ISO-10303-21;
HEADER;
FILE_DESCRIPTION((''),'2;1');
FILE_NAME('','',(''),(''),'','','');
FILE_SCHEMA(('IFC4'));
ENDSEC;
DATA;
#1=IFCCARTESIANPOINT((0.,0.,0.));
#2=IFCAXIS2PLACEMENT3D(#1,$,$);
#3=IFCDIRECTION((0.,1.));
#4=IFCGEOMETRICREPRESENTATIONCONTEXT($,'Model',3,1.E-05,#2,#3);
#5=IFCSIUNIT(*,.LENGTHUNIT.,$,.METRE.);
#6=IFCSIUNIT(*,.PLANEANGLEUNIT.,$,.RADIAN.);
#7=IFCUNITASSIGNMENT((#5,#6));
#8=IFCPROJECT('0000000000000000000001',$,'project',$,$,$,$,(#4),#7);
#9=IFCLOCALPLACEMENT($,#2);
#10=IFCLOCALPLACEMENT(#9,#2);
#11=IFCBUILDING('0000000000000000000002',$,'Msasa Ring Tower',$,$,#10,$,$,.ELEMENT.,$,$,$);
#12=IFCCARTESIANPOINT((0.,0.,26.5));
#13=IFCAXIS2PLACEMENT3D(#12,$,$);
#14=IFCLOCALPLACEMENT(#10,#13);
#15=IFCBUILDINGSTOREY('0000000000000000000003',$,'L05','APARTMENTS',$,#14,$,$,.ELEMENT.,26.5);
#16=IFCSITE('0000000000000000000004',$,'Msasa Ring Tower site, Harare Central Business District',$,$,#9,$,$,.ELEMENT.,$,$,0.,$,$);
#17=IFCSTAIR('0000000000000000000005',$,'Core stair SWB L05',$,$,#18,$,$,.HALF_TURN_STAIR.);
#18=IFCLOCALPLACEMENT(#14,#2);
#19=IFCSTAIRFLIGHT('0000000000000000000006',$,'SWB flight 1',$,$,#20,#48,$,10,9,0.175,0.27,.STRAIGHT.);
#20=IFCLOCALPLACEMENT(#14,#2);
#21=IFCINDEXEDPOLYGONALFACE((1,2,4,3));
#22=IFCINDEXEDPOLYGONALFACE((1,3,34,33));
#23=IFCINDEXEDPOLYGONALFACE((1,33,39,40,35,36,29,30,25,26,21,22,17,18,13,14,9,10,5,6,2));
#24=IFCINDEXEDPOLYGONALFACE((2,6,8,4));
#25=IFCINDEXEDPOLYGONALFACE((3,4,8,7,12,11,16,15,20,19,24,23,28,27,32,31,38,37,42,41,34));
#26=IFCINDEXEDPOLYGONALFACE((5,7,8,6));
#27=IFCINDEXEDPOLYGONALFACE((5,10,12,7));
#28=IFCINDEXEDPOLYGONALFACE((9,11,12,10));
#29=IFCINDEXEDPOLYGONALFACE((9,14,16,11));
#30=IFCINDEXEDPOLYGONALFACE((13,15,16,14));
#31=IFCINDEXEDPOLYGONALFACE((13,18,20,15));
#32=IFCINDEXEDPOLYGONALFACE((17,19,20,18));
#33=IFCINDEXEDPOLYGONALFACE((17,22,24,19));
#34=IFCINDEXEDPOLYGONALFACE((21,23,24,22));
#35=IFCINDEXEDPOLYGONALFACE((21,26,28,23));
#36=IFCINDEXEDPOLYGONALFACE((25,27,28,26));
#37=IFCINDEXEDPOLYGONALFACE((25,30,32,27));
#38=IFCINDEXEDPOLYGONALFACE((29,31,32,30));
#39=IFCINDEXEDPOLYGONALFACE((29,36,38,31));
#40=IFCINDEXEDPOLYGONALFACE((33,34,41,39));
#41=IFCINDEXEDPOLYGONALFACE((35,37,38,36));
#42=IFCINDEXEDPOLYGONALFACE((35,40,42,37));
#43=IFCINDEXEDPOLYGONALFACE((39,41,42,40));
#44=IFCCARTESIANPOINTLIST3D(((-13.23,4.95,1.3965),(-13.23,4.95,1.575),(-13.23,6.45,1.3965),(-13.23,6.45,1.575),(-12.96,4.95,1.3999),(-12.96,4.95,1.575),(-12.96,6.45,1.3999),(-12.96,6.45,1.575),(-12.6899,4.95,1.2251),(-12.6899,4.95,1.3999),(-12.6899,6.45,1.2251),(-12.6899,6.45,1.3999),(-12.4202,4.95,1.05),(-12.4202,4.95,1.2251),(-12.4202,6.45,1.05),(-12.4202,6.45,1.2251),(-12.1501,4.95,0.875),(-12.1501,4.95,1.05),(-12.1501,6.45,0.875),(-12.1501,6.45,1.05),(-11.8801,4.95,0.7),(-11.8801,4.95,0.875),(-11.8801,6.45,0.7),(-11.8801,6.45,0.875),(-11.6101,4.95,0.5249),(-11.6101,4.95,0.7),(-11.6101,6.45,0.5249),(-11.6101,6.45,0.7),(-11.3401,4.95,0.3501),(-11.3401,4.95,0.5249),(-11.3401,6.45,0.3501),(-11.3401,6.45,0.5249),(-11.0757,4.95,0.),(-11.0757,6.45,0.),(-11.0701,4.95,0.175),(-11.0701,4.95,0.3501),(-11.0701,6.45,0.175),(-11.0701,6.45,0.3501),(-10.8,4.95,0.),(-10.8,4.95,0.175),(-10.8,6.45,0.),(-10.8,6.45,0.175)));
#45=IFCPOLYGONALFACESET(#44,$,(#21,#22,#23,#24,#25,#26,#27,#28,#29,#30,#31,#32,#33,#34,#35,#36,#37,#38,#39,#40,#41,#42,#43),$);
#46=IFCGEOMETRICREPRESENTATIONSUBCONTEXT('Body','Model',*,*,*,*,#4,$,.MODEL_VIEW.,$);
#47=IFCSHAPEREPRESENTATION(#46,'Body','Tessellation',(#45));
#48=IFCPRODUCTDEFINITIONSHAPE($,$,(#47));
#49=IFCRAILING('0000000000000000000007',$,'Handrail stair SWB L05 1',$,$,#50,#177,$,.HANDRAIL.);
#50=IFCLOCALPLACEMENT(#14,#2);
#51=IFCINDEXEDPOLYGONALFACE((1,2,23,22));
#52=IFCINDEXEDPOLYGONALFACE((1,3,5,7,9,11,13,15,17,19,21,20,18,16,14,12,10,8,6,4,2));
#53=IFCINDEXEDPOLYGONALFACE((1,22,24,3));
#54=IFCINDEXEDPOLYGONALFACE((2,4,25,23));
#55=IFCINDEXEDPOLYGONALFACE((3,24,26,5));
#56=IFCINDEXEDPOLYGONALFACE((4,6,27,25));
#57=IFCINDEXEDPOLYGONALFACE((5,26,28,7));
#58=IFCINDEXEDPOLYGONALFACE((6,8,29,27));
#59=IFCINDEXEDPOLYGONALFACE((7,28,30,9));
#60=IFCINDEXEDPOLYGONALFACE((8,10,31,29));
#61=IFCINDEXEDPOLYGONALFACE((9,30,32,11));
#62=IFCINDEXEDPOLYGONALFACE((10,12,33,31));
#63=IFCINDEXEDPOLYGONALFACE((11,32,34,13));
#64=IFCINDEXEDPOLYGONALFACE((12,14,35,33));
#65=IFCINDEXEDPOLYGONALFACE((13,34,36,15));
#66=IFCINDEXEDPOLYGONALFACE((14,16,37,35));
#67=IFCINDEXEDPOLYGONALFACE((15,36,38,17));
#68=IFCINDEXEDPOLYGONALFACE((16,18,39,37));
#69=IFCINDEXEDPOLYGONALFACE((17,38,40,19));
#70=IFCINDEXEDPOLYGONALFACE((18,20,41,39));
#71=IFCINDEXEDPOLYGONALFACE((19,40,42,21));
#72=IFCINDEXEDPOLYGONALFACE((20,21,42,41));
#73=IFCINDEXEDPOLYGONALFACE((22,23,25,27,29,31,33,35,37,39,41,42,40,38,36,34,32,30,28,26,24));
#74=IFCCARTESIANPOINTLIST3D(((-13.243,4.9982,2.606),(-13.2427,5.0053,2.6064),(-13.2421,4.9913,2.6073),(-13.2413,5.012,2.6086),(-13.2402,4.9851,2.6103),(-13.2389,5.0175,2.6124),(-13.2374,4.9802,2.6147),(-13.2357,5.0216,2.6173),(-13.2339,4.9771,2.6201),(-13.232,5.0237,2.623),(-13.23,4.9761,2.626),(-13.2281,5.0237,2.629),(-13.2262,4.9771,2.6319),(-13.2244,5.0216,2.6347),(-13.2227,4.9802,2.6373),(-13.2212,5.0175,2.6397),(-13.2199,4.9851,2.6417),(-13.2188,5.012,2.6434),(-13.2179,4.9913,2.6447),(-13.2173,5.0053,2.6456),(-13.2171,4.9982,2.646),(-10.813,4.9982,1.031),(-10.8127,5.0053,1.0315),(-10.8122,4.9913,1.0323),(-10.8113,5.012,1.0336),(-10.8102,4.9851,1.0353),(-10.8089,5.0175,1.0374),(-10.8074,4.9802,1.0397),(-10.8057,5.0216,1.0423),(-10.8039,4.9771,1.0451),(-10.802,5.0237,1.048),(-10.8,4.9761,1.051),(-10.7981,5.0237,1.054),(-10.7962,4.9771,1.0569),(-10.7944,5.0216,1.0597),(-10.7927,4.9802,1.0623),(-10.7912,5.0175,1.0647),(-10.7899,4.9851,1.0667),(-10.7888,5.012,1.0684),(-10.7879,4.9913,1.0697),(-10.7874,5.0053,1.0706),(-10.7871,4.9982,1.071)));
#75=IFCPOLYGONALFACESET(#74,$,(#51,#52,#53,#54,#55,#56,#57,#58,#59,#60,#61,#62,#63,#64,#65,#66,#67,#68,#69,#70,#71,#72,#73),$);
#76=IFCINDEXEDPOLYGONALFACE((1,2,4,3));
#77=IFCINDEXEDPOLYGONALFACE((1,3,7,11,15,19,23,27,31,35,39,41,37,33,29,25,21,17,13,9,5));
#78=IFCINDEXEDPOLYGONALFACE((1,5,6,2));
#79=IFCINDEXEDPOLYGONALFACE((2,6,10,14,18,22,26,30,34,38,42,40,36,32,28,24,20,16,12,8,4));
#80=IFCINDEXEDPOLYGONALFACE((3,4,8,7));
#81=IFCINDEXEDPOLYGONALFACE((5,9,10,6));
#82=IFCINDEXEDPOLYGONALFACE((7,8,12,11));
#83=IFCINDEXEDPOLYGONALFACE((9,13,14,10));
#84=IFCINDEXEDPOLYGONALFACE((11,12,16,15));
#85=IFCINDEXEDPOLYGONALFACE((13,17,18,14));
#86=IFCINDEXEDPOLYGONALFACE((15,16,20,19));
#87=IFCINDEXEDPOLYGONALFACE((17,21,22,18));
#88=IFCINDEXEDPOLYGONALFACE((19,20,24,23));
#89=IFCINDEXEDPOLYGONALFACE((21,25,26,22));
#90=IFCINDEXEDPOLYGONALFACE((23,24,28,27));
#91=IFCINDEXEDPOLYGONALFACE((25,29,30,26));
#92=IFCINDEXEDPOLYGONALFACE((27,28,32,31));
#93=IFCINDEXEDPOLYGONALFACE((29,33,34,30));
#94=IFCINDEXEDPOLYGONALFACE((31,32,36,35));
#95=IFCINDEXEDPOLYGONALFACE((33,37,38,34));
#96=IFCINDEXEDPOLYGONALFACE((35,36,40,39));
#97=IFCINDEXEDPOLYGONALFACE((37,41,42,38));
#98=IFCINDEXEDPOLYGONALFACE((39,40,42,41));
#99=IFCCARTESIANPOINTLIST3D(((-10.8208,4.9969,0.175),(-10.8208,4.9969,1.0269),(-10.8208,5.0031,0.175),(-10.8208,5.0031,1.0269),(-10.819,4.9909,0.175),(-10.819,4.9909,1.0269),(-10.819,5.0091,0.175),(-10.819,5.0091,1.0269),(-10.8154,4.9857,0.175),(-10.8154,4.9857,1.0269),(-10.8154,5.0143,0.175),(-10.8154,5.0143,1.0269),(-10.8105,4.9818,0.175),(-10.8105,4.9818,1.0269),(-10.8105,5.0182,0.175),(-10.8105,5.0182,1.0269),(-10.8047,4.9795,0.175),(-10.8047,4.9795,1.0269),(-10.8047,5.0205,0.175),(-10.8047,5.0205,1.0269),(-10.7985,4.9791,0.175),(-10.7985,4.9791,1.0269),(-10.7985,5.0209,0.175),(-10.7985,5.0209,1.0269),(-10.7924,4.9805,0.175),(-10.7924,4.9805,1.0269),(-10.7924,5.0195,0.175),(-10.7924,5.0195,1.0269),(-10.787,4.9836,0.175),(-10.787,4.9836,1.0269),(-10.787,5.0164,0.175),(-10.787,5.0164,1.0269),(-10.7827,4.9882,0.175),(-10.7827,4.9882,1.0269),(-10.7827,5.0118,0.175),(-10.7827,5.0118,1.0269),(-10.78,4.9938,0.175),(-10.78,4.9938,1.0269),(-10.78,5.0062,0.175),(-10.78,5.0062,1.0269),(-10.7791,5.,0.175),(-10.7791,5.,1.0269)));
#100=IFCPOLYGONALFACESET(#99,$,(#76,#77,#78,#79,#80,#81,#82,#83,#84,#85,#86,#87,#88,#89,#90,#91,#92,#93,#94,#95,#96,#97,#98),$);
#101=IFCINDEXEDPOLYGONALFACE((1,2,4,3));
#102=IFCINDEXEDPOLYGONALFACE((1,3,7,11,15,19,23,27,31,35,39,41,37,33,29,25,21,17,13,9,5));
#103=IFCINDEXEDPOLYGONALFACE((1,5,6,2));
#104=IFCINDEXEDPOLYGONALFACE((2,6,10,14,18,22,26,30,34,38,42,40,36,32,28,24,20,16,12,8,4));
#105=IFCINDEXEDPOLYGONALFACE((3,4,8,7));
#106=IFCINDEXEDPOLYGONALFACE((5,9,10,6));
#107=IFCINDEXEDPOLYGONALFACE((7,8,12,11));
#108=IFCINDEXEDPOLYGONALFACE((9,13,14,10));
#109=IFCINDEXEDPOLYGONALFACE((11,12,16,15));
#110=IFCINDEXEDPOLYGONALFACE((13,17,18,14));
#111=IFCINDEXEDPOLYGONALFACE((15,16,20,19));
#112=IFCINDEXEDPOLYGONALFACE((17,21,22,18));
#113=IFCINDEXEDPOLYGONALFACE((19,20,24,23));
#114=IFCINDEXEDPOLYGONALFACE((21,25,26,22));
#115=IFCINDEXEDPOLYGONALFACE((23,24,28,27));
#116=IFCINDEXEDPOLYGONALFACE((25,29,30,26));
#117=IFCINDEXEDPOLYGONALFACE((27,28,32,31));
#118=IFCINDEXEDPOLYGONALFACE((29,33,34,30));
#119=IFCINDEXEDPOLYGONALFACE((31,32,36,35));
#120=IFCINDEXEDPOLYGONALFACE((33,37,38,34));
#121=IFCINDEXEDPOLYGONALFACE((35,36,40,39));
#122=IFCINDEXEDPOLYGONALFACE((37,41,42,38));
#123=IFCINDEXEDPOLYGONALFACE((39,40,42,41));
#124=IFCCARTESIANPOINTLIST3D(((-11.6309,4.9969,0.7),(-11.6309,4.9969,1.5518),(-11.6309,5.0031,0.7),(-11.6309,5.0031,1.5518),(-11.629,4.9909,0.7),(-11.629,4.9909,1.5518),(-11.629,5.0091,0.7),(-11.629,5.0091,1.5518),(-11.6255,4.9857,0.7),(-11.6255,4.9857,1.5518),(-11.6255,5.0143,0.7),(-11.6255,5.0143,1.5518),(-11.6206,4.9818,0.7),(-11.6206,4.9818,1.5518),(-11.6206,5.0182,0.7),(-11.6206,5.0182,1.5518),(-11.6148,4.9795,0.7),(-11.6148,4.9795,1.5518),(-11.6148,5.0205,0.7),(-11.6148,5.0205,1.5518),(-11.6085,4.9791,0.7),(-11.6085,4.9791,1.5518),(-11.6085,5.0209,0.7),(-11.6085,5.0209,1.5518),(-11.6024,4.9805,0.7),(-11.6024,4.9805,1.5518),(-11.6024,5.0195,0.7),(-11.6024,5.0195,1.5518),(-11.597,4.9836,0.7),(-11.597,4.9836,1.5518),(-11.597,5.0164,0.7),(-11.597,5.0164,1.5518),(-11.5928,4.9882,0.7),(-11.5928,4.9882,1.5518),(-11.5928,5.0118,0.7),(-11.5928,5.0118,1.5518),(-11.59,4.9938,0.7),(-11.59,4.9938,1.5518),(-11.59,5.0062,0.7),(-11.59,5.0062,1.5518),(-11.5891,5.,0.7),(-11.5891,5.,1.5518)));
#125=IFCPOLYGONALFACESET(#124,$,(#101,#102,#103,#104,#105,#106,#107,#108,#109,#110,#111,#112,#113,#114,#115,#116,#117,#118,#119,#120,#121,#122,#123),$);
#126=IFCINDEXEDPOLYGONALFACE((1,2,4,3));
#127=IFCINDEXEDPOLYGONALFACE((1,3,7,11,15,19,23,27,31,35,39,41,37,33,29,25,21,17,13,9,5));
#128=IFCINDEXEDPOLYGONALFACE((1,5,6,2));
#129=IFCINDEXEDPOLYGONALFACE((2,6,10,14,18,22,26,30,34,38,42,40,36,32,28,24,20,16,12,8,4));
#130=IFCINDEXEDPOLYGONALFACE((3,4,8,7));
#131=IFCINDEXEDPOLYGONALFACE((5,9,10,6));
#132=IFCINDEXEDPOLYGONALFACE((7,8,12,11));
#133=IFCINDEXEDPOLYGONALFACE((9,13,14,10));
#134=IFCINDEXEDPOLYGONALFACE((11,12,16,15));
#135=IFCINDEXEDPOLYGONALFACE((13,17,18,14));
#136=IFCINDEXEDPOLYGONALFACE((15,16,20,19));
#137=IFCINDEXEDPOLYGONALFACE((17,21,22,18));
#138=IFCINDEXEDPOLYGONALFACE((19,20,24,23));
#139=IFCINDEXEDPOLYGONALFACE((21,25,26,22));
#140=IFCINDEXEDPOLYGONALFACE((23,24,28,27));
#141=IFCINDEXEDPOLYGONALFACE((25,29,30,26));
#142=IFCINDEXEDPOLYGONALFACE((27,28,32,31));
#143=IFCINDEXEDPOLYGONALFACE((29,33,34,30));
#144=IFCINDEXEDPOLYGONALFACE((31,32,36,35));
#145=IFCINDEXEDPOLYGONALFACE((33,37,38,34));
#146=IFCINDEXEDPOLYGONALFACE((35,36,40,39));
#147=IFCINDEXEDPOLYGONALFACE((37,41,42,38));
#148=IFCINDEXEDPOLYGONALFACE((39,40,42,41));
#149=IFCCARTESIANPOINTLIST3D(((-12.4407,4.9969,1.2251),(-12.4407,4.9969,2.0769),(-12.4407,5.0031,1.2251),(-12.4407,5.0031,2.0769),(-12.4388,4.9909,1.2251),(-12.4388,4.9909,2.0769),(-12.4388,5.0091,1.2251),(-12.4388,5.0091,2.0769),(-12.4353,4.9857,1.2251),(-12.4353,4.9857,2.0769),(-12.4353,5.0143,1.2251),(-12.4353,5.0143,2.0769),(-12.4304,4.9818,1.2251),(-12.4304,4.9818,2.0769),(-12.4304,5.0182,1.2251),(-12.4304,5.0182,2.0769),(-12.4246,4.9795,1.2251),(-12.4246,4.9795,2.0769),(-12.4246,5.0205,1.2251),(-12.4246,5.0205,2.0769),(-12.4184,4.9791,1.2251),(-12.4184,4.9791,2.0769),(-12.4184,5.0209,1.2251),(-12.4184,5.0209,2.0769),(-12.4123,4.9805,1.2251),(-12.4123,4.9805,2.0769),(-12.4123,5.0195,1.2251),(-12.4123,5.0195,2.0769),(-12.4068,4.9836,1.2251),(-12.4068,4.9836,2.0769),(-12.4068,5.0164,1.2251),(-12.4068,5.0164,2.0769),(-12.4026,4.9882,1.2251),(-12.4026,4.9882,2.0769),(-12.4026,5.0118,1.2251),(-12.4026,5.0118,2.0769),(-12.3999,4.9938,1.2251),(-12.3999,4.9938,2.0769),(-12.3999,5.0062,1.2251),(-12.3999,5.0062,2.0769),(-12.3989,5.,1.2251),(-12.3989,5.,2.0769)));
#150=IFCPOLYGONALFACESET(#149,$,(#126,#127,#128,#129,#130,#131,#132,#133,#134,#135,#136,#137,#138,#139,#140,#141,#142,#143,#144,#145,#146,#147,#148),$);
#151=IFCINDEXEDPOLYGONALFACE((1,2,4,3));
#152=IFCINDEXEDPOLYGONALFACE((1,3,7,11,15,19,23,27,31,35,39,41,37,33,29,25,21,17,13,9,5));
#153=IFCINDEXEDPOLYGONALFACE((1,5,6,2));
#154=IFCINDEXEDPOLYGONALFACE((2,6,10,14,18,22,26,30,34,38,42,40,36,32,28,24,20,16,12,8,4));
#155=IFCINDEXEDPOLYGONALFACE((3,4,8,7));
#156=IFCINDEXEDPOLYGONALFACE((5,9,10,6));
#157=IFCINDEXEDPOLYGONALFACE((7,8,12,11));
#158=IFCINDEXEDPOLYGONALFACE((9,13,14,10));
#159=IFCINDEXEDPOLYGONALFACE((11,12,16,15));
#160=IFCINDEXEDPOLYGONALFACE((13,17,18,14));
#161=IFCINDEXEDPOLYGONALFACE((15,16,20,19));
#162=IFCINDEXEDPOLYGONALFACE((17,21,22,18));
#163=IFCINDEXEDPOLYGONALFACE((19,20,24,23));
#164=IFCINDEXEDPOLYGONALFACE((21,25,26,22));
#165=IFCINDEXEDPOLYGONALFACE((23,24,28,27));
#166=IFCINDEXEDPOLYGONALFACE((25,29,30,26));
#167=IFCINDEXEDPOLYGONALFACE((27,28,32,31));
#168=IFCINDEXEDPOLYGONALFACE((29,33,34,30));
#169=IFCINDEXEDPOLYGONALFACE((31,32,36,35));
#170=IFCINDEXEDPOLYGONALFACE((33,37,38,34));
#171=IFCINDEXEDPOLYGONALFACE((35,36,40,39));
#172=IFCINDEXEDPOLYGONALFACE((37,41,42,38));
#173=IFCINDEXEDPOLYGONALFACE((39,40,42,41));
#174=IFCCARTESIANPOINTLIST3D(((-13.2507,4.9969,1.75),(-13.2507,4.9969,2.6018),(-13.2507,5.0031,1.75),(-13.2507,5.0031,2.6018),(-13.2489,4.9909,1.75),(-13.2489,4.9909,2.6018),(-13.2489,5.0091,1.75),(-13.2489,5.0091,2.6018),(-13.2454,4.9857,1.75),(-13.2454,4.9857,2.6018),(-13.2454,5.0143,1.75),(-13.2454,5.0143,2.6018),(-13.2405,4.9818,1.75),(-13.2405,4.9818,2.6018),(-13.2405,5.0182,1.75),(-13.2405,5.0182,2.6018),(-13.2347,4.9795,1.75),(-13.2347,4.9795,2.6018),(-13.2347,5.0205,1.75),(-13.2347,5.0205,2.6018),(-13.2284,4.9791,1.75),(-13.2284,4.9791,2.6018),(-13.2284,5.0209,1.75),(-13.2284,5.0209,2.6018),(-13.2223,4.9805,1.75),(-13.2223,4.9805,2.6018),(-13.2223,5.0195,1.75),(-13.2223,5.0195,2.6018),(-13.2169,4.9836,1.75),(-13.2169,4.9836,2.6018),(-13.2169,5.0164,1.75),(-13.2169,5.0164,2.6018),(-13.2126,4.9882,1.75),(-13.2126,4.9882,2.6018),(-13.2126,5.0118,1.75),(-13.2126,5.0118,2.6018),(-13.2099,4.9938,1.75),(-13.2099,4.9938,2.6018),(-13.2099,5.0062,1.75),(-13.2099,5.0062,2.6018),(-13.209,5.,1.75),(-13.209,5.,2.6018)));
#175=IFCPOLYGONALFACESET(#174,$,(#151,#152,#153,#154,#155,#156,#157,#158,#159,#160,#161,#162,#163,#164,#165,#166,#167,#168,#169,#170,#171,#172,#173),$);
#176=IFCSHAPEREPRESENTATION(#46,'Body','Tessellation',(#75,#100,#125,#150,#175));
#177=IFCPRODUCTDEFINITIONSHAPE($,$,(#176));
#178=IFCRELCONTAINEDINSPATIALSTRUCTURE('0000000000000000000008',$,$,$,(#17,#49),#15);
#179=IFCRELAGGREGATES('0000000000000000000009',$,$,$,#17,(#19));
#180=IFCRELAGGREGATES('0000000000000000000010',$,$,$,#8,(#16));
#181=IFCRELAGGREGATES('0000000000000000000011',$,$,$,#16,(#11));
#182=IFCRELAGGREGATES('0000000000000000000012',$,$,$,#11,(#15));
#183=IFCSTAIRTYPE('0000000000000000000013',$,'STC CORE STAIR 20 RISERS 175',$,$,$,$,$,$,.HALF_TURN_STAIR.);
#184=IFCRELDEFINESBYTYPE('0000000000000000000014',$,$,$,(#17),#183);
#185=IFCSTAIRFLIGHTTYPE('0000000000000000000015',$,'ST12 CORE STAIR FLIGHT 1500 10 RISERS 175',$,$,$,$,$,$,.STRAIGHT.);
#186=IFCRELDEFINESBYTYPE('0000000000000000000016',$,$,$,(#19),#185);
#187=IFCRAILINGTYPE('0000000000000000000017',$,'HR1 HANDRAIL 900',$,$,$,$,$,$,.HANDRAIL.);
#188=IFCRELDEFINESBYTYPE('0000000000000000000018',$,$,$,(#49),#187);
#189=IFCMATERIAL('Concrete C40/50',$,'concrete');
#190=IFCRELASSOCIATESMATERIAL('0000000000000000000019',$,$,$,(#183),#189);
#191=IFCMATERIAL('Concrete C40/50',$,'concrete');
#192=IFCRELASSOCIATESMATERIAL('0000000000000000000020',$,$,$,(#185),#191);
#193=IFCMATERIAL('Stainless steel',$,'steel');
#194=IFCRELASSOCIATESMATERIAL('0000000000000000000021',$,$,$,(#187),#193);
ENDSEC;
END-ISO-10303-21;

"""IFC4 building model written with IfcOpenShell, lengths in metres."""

from ifc_helpers import new_model, si_unit, direction, frame, origin, origin_2d, place, context, subcontext, project, spatial, polyline, circle, outline, extrude, material, type_object, element, aggregate, save


model = new_model("IFC4")

# Units and contexts
model_context = context("Model", 3, precision=1e-05, world=origin(), true_north=direction((0.0, 1.0)))
body_context = subcontext(model_context, "Body", "Model", "MODEL_VIEW")
ifc_project = project(units=[si_unit("LENGTHUNIT", "METRE"), si_unit("PLANEANGLEUNIT", "RADIAN")], contexts=[model_context])

# Site, building, storey
site_placement = place(None, origin())
site = spatial("IfcSite", under=ifc_project, at=site_placement, Name="Msasa Ring Tower site, Harare Central Business District", CompositionType="ELEMENT", RefElevation=0.0)
building_placement = place(site_placement, origin())
building = spatial("IfcBuilding", under=site, at=building_placement, Name="Msasa Ring Tower", CompositionType="ELEMENT")
storey_placement = place(building_placement, frame((0.0, 0.0, 26.5)))
storey = spatial("IfcBuildingStorey", under=building, at=storey_placement, Name="L05", Description="APARTMENTS", CompositionType="ELEMENT", Elevation=26.5)

# Stair, stair flight
ifc_material_1 = material(Name="Concrete C40/50", Category="concrete")
stair_type = type_object("IfcStairType", Name="STC CORE STAIR 20 RISERS 175", PredefinedType="HALF_TURN_STAIR", material=ifc_material_1)
stair_placement = place(storey_placement, origin())
stair = element("IfcStair", 1, at=stair_placement, inside=storey, type_object=stair_type, Name="Core stair SWB L05", PredefinedType="HALF_TURN_STAIR")
ifc_material_2 = material(Name="Concrete C40/50", Category="concrete")
stair_flight_type = type_object("IfcStairFlightType", Name="ST12 CORE STAIR FLIGHT 1500 10 RISERS 175", PredefinedType="STRAIGHT", material=ifc_material_2)
stair_flight_placement = place(storey_placement, frame((-10.8, 5.7, 0.0), z_axis=(0.0, 0.0, 1.0), x_axis=(-1.0, 0.0, 0.0)))
stair_flight = element("IfcStairFlight", 2, at=stair_flight_placement, type_object=stair_flight_type, Name="SWB flight 1", NumberOfRisers=10, NumberOfTreads=9, PredefinedType="STRAIGHT", RiserHeight=0.175, TreadLength=0.27, context=body_context, shape_type="SweptSolid", body=[
    extrude(outline(polyline([(0.0, 0.0), (0.0, 0.175), (0.27, 0.175), (0.27, 0.3501), (0.54, 0.3501), (0.54, 0.5249), (0.8101, 0.5249), (0.8101, 0.7), (1.0801, 0.7), (1.0801, 0.875), (1.3501, 0.875), (1.3501, 1.05), (1.6201, 1.05), (1.6201, 1.2251), (1.8899, 1.2251), (1.8899, 1.3999), (2.1599, 1.3999), (2.1599, 1.575), (2.4299, 1.575), (2.4299, 1.75), (2.4299, 1.3965), (0.2756, 0.0), (0.0, 0.0)])), frame((0.0, 0.75, 0.0), z_axis=(0.0, -1.0, 0.0), x_axis=(1.0, 0.0, 0.0)), (0.0, 0.0, 1.0), 1.5),
])
aggregate(stair, [stair_flight])

# Railing
ifc_material_3 = material(Name="Stainless steel", Category="steel")
railing_type = type_object("IfcRailingType", Name="HR1 HANDRAIL 900", PredefinedType="HANDRAIL", material=ifc_material_3)
for number, where, name in (
    (3, (-10.8, 5.0, 0.175), "Handrail stair SWB L05 1"),
):
    element("IfcRailing", number, at=place(storey_placement, frame(where)), inside=storey, type_object=railing_type, Name=name, PredefinedType="HANDRAIL", context=body_context, shape_type="SweptSolid", body=[
        extrude(circle(Radius=0.0239, at=origin_2d()), frame((0.0, 0.0, 0.876), z_axis=(-0.839154, 0.0, 0.543894), x_axis=(0.0, -1.0, 0.0)), (0.0, 0.0, 1.0), 2.8958),
        extrude(circle(Radius=0.021, at=origin_2d()), origin(), (0.0, 0.0, 1.0), 0.8518),
        extrude(circle(Radius=0.021, at=origin_2d()), frame((-0.8101, 0.0, 0.5249)), (0.0, 0.0, 1.0), 0.8518),
        extrude(circle(Radius=0.021, at=origin_2d()), frame((-1.6199, 0.0, 1.05)), (0.0, 0.0, 1.0), 0.8518),
        extrude(circle(Radius=0.021, at=origin_2d()), frame((-2.4299, 0.0, 1.575)), (0.0, 0.0, 1.0), 0.8518),
    ])

save(model, "model.ifc")
